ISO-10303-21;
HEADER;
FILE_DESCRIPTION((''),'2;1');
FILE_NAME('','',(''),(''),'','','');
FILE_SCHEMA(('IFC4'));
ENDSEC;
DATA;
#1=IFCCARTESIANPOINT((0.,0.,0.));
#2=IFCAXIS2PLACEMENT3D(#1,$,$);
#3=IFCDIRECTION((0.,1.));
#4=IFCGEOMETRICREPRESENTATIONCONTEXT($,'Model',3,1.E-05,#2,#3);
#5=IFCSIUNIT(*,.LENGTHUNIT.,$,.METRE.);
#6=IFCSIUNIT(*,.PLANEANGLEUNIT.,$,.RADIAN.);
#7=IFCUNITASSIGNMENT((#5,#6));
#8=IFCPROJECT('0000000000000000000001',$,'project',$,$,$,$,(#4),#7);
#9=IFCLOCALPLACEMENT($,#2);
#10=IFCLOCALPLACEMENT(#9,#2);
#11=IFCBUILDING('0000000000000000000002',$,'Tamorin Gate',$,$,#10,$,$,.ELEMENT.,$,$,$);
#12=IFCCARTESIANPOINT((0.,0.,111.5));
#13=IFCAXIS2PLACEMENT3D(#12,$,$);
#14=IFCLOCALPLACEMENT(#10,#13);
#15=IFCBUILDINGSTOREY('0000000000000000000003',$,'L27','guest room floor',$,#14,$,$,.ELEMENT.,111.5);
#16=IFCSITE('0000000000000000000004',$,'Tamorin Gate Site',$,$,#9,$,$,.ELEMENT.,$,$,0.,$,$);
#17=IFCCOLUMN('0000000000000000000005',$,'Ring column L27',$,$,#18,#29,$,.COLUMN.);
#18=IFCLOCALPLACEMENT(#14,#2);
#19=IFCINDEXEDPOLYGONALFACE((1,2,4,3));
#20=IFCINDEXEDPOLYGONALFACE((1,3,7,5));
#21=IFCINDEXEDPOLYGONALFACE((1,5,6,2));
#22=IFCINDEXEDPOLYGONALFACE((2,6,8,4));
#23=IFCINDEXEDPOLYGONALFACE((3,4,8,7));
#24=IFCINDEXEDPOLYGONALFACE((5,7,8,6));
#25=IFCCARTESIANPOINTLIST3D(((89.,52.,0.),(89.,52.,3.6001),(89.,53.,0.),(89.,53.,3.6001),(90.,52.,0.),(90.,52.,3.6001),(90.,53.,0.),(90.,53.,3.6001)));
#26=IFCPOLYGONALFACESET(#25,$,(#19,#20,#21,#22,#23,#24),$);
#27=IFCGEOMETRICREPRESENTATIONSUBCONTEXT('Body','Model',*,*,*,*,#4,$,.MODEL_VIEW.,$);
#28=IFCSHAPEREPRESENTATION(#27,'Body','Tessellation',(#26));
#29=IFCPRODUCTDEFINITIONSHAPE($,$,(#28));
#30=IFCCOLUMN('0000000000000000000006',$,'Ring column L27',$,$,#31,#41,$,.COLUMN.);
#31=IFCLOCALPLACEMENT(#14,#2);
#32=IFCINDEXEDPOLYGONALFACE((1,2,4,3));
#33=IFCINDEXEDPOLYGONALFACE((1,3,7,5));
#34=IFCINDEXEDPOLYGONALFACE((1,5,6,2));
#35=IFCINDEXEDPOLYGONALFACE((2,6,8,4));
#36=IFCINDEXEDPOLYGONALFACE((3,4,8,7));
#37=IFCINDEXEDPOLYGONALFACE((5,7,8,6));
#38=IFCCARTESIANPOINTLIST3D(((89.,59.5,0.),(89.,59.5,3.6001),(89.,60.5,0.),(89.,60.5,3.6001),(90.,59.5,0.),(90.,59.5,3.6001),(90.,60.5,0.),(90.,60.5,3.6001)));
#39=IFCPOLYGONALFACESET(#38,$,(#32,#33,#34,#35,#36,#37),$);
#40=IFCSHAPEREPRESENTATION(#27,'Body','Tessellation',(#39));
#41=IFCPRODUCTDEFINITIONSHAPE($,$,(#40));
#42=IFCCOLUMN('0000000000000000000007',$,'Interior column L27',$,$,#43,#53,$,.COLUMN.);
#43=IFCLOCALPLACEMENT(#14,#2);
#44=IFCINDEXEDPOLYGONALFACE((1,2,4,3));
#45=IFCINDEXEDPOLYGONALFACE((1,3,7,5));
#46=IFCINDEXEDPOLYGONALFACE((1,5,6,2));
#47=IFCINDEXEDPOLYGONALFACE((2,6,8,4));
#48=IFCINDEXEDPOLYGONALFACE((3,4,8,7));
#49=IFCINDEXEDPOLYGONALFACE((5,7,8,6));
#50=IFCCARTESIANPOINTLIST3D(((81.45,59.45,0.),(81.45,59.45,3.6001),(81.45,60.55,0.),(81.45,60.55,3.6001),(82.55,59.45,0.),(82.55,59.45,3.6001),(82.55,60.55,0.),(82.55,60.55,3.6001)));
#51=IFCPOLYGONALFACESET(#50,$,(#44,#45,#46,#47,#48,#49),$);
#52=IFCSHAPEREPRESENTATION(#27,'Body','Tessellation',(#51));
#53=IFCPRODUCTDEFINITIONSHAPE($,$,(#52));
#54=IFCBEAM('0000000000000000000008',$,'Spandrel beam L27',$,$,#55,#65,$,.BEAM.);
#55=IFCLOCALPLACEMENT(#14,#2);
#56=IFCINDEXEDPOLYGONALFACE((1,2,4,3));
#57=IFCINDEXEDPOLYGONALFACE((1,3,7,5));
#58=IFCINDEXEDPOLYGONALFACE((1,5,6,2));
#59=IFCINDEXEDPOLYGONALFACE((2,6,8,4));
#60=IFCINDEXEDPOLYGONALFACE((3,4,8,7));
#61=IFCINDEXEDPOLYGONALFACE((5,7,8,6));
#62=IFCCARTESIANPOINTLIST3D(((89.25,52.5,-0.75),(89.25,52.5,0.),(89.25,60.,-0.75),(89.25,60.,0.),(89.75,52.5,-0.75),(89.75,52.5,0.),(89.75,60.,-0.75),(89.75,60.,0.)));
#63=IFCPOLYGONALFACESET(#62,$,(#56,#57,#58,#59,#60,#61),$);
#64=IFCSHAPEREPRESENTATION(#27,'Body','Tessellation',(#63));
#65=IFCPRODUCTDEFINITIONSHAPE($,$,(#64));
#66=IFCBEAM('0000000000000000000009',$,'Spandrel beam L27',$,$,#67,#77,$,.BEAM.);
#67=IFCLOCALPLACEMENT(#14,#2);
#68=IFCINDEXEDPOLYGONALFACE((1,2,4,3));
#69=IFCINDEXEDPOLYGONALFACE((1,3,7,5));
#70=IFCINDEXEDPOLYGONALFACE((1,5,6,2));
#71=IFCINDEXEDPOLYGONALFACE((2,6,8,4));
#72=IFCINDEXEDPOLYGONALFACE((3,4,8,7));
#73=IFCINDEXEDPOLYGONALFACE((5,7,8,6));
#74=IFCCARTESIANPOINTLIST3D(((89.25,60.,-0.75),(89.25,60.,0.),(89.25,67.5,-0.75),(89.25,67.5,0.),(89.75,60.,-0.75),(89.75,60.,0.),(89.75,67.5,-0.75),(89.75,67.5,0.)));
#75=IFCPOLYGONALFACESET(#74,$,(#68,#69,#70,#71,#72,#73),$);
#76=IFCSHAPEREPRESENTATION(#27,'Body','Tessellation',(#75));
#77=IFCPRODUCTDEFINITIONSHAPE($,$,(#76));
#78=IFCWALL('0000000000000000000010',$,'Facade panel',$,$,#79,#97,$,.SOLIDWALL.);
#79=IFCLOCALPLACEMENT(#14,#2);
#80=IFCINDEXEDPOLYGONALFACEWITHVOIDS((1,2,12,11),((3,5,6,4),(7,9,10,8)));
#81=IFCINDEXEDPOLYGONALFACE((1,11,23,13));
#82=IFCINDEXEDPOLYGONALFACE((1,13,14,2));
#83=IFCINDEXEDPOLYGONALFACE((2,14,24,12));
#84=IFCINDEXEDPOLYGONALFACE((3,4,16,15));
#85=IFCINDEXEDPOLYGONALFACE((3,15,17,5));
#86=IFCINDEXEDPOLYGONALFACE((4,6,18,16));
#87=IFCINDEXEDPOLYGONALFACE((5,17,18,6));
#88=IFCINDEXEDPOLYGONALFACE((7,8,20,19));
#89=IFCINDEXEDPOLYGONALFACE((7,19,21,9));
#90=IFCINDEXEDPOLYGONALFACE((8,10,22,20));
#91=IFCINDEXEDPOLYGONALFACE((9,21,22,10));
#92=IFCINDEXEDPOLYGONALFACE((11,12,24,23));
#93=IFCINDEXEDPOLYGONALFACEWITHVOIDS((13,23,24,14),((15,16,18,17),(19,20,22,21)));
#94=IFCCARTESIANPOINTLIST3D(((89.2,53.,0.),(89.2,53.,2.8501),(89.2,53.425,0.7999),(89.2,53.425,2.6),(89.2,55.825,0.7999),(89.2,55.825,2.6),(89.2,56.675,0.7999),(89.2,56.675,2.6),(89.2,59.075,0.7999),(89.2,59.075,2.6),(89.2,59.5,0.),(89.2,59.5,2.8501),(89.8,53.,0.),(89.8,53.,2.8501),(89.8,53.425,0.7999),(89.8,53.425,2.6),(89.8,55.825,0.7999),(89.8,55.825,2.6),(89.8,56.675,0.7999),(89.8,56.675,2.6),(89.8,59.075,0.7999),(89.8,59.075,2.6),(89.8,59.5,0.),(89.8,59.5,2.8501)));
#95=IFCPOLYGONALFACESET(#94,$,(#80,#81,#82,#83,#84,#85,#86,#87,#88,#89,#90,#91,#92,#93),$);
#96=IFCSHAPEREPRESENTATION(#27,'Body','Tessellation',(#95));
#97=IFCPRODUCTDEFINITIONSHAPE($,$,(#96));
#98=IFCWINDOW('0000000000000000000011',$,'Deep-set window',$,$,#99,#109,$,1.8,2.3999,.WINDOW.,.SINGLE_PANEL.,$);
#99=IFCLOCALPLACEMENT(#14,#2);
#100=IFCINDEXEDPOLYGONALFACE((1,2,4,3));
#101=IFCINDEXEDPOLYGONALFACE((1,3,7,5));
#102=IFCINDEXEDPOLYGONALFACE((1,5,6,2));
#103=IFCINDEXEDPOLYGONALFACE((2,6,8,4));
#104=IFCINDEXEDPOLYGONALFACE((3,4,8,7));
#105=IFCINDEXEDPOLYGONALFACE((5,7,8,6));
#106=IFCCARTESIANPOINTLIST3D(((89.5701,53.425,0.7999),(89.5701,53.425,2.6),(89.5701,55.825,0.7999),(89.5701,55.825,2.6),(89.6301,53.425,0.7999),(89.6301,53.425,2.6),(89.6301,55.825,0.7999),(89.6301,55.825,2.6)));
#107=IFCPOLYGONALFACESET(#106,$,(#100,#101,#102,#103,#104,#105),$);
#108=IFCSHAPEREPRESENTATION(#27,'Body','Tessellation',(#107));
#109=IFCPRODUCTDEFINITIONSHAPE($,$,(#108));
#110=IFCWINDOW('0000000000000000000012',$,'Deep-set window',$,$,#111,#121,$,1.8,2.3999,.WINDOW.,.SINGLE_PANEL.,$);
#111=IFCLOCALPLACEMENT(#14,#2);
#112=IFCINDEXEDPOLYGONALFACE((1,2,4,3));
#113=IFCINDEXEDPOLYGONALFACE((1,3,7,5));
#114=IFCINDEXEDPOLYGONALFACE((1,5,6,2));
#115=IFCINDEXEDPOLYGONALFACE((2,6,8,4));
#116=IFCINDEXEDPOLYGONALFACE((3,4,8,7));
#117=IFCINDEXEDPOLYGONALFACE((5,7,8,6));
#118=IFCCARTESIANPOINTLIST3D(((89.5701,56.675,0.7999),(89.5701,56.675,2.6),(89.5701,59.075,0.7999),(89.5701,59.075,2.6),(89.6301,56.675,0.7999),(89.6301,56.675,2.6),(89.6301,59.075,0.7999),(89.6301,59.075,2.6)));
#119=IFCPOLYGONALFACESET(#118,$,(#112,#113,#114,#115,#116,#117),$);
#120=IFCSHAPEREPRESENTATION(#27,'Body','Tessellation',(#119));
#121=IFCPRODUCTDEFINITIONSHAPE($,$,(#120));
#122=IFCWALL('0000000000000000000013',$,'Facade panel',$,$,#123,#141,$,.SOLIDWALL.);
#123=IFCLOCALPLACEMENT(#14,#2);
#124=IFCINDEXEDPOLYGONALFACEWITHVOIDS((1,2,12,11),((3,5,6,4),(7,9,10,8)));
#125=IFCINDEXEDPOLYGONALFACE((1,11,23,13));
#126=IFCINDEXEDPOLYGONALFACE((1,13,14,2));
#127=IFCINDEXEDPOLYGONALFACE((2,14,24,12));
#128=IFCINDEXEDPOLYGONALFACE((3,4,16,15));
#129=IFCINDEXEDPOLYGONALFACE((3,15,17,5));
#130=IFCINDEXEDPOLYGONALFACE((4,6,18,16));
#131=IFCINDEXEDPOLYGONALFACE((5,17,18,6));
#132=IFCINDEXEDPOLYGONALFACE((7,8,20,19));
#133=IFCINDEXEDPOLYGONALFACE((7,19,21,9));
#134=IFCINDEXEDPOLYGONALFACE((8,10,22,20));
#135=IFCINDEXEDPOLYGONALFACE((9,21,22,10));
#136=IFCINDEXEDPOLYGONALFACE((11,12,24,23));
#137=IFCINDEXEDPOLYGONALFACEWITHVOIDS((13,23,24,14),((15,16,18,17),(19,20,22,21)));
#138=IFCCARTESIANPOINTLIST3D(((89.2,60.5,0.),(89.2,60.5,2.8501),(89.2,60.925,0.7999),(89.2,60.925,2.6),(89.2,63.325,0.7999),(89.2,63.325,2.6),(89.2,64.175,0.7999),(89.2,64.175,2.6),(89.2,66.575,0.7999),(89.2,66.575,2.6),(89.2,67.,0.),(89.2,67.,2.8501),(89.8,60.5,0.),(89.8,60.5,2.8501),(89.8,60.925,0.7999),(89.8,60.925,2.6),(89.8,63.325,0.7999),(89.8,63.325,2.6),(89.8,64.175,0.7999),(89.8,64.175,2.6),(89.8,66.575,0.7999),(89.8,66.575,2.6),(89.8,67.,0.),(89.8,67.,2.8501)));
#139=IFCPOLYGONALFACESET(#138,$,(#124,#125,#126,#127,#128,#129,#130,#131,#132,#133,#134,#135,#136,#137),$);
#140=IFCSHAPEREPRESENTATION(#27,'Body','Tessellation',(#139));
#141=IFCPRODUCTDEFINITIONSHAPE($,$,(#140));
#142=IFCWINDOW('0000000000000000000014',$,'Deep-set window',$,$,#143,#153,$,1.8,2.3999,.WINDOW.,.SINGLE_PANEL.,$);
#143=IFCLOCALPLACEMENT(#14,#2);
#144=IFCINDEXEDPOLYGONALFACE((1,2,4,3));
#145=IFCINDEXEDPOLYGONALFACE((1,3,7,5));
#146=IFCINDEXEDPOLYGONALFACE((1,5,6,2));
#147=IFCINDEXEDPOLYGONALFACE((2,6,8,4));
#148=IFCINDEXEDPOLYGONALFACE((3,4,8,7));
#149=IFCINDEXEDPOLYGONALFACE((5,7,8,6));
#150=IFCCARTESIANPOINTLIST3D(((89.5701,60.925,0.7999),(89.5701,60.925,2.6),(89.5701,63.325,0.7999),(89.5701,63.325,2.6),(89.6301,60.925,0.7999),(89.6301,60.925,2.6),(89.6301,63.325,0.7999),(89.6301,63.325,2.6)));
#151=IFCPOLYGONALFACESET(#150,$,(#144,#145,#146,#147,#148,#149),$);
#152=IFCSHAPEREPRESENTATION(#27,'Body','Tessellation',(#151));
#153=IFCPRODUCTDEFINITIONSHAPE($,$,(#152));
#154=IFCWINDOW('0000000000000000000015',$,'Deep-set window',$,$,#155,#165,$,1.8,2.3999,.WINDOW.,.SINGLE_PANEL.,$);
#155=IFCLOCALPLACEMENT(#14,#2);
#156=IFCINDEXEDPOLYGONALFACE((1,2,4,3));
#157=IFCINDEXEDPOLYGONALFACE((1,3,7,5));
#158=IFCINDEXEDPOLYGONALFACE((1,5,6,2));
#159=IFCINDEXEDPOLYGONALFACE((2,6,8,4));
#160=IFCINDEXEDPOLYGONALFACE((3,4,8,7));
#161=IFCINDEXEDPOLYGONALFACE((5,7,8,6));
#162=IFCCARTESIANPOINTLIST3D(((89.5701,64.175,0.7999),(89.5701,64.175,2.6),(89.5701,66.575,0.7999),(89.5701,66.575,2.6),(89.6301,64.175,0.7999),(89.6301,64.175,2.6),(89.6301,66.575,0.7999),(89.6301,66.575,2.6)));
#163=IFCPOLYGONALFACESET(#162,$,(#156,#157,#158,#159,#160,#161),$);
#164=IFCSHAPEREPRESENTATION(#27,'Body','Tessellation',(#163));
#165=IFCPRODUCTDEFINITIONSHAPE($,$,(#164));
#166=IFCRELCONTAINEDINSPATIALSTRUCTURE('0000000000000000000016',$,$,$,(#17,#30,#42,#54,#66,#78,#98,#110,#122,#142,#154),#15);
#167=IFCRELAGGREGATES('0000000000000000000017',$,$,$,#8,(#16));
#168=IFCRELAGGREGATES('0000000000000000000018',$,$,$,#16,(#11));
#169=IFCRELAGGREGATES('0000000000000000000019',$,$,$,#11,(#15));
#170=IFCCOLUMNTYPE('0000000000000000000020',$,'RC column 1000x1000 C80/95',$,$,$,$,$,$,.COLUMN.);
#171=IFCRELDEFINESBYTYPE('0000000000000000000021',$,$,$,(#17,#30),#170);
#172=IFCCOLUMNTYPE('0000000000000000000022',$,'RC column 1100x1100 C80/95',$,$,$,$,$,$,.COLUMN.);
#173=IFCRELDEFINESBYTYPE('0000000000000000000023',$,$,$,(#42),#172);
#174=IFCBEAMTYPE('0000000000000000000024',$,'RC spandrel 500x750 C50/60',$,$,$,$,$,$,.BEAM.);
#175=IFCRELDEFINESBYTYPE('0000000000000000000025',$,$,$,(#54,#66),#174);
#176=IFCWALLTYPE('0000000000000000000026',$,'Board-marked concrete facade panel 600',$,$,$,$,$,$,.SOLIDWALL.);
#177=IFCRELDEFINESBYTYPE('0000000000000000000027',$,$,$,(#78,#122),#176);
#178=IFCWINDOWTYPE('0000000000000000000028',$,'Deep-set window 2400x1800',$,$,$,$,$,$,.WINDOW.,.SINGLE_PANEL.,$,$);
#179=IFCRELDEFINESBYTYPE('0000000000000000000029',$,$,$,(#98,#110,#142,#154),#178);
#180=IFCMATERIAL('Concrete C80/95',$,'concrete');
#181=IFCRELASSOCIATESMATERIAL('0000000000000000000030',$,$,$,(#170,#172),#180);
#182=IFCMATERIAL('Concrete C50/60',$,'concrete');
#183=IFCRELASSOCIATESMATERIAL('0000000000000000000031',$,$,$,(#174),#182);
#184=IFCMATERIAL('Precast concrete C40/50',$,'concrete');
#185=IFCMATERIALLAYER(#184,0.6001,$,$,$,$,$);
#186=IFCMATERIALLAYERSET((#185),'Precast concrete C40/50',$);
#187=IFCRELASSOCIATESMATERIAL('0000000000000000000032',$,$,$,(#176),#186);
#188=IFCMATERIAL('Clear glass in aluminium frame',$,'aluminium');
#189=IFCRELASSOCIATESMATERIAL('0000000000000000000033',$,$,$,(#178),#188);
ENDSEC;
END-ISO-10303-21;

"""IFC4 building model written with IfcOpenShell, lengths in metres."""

from ifc_helpers import new_model, si_unit, direction, frame, frame_2d, origin, origin_2d, place, context, subcontext, project, spatial, rectangle, extrude, material, layer, layer_set, material_profile, profile_set, type_object, element, fill, save


model = new_model("IFC4")

# Units and contexts
model_context = context("Model", 3, precision=1e-05, world=origin(), true_north=direction((0.0, 1.0)))
body_context = subcontext(model_context, "Body", "Model", "MODEL_VIEW")
ifc_project = project(units=[si_unit("LENGTHUNIT", "METRE"), si_unit("PLANEANGLEUNIT", "RADIAN")], contexts=[model_context])

# Site, building, storey
site_placement = place(None, origin())
site = spatial("IfcSite", under=ifc_project, at=site_placement, Name="Tamorin Gate Site", CompositionType="ELEMENT", RefElevation=0.0)
building_placement = place(site_placement, origin())
building = spatial("IfcBuilding", under=site, at=building_placement, Name="Tamorin Gate", CompositionType="ELEMENT")
storey_placement = place(building_placement, frame((0.0, 0.0, 111.5)))
storey = spatial("IfcBuildingStorey", under=building, at=storey_placement, Name="L27", Description="guest room floor", CompositionType="ELEMENT", Elevation=111.5)

# Columns
ifc_material_1 = material(Name="Concrete C80/95", Category="concrete")
ifc_material_profile_1 = material_profile(ifc_material_1, rectangle(XDim=1.0, YDim=1.0, at=origin_2d()), Name="RC 1000x1000")
ifc_profile_set_1 = profile_set([ifc_material_profile_1], Name="Concrete C80/95")
column_type_1 = type_object("IfcColumnType", Name="RC column 1000x1000 C80/95", PredefinedType="COLUMN", material=ifc_profile_set_1)
for number, where, z_axis, x_axis, name in (
    (1, (89.5, 52.5, 0.0), (0.0, 0.0, 1.0), (1.0, 0.0, 0.0), "Ring column L27"),
    (2, (89.5, 60.0, 0.0), (0.0, 0.0, 1.0), (1.0, 0.0, 0.0), "Ring column L27"),
):
    element("IfcColumn", number, at=place(storey_placement, frame(where, z_axis=z_axis, x_axis=x_axis)), inside=storey, type_object=column_type_1, Name=name, PredefinedType="COLUMN", context=body_context, shape_type="SweptSolid", body=[
        extrude(rectangle(XDim=1.0, YDim=1.0, at=origin_2d()), origin(), (0.0, 0.0, 1.0), 3.6001),
    ])
ifc_material_profile_2 = material_profile(ifc_material_1, rectangle(XDim=1.1001, YDim=1.1001, at=origin_2d()), Name="RC 1100x1100")
ifc_profile_set_2 = profile_set([ifc_material_profile_2], Name="Concrete C80/95")
column_type_2 = type_object("IfcColumnType", Name="RC column 1100x1100 C80/95", PredefinedType="COLUMN", material=ifc_profile_set_2)
column_placement = place(storey_placement, frame((82.0, 60.0, 0.0), z_axis=(0.0, 0.0, 1.0), x_axis=(1.0, 0.0, 0.0)))
element("IfcColumn", 3, at=column_placement, inside=storey, type_object=column_type_2, Name="Interior column L27", PredefinedType="COLUMN", context=body_context, shape_type="SweptSolid", body=[
    extrude(rectangle(XDim=1.1001, YDim=1.1001, at=origin_2d()), origin(), (0.0, 0.0, 1.0), 3.6001),
])

# Beams
ifc_material_2 = material(Name="Concrete C50/60", Category="concrete")
ifc_material_profile_3 = material_profile(ifc_material_2, rectangle(XDim=0.5, YDim=0.75, at=origin_2d()), Name="RC 500x750")
ifc_profile_set_3 = profile_set([ifc_material_profile_3], Name="Concrete C50/60")
beam_type = type_object("IfcBeamType", Name="RC spandrel 500x750 C50/60", PredefinedType="BEAM", material=ifc_profile_set_3)
for number, where, z_axis, x_axis, name in (
    (4, (89.5, 52.5, -0.375), (0.0, 1.0, 0.0), (-1.0, 0.0, 0.0), "Spandrel beam L27"),
    (5, (89.5, 60.0, -0.375), (0.0, 1.0, 0.0), (-1.0, 0.0, 0.0), "Spandrel beam L27"),
):
    element("IfcBeam", number, at=place(storey_placement, frame(where, z_axis=z_axis, x_axis=x_axis)), inside=storey, type_object=beam_type, Name=name, PredefinedType="BEAM", context=body_context, shape_type="SweptSolid", body=[
        extrude(rectangle(XDim=0.5, YDim=0.75, at=origin_2d()), origin(), (0.0, 0.0, 1.0), 7.5),
    ])

# Walls, openings, windows
ifc_material_3 = material(Name="Precast concrete C40/50", Category="concrete")
ifc_layer_1 = layer(ifc_material_3, 0.6001)
ifc_layer_set_1 = layer_set([ifc_layer_1], Name="Precast concrete C40/50")
wall_type_1 = type_object("IfcWallType", Name="Board-marked concrete facade panel 600", PredefinedType="SOLIDWALL", material=ifc_layer_set_1)
wall_1_placement = place(storey_placement, frame((89.5, 53.0, 0.0), z_axis=(0.0, 0.0, 1.0), x_axis=(0.0, 1.0, 0.0)))
wall_1 = element("IfcWall", 6, at=wall_1_placement, inside=storey, type_object=wall_type_1, Name="Facade panel", PredefinedType="SOLIDWALL", context=body_context, shape_type="SweptSolid", body=[
    extrude(rectangle(XDim=6.5, YDim=0.6001, at=frame_2d((3.25, 0.0))), origin(), (0.0, 0.0, 1.0), 2.8501),
])
opening_1_placement = place(wall_1_placement, frame((0.425, 0.0, 0.8)))
opening_1 = element("IfcOpeningElement", 7, at=opening_1_placement, cuts=wall_1, PredefinedType="OPENING", context=body_context, shape_type="SweptSolid", body=[
    extrude(rectangle(XDim=2.3999, YDim=1.8, at=frame_2d((1.2, 0.8999))), frame((0.0, 0.3101, 0.0), z_axis=(0.0, -1.0, 0.0), x_axis=(1.0, 0.0, 0.0)), (0.0, 0.0, 1.0), 0.6201),
])
opening_2_placement = place(wall_1_placement, frame((3.675, 0.0, 0.8)))
opening_2 = element("IfcOpeningElement", 8, at=opening_2_placement, cuts=wall_1, PredefinedType="OPENING", context=body_context, shape_type="SweptSolid", body=[
    extrude(rectangle(XDim=2.3999, YDim=1.8, at=frame_2d((1.2, 0.8999))), frame((0.0, 0.3101, 0.0), z_axis=(0.0, -1.0, 0.0), x_axis=(1.0, 0.0, 0.0)), (0.0, 0.0, 1.0), 0.6201),
])
ifc_material_4 = material(Name="Clear glass in aluminium frame", Category="aluminium")
window_type = type_object("IfcWindowType", Name="Deep-set window 2400x1800", PartitioningType="SINGLE_PANEL", PredefinedType="WINDOW", material=ifc_material_4)
window_1_placement = place(opening_1_placement, origin())
window_1 = element("IfcWindow", 9, at=window_1_placement, inside=storey, type_object=window_type, Name="Deep-set window", OverallHeight=1.8, OverallWidth=2.3999, PartitioningType="SINGLE_PANEL", PredefinedType="WINDOW", context=body_context, shape_type="SweptSolid", body=[
    extrude(rectangle(XDim=2.3999, YDim=1.8, at=frame_2d((1.2, 0.8999))), frame((0.0, -0.0701, 0.0), z_axis=(0.0, -1.0, 0.0), x_axis=(1.0, 0.0, 0.0)), (0.0, 0.0, 1.0), 0.0601),
])
fill(opening_1, window_1)
window_2_placement = place(opening_2_placement, origin())
window_2 = element("IfcWindow", 10, at=window_2_placement, inside=storey, type_object=window_type, Name="Deep-set window", OverallHeight=1.8, OverallWidth=2.3999, PartitioningType="SINGLE_PANEL", PredefinedType="WINDOW", context=body_context, shape_type="SweptSolid", body=[
    extrude(rectangle(XDim=2.3999, YDim=1.8, at=frame_2d((1.2, 0.8999))), frame((0.0, -0.0701, 0.0), z_axis=(0.0, -1.0, 0.0), x_axis=(1.0, 0.0, 0.0)), (0.0, 0.0, 1.0), 0.0601),
])
fill(opening_2, window_2)
wall_2_placement = place(storey_placement, frame((89.5, 60.5, 0.0), z_axis=(0.0, 0.0, 1.0), x_axis=(0.0, 1.0, 0.0)))
wall_2 = element("IfcWall", 11, at=wall_2_placement, inside=storey, type_object=wall_type_1, Name="Facade panel", PredefinedType="SOLIDWALL", context=body_context, shape_type="SweptSolid", body=[
    extrude(rectangle(XDim=6.5, YDim=0.6001, at=frame_2d((3.25, 0.0))), origin(), (0.0, 0.0, 1.0), 2.8501),
])
opening_3_placement = place(wall_2_placement, frame((0.425, 0.0, 0.8)))
opening_3 = element("IfcOpeningElement", 12, at=opening_3_placement, cuts=wall_2, PredefinedType="OPENING", context=body_context, shape_type="SweptSolid", body=[
    extrude(rectangle(XDim=2.3999, YDim=1.8, at=frame_2d((1.2, 0.8999))), frame((0.0, 0.3101, 0.0), z_axis=(0.0, -1.0, 0.0), x_axis=(1.0, 0.0, 0.0)), (0.0, 0.0, 1.0), 0.6201),
])
opening_4_placement = place(wall_2_placement, frame((3.675, 0.0, 0.8)))
opening_4 = element("IfcOpeningElement", 13, at=opening_4_placement, cuts=wall_2, PredefinedType="OPENING", context=body_context, shape_type="SweptSolid", body=[
    extrude(rectangle(XDim=2.3999, YDim=1.8, at=frame_2d((1.2, 0.8999))), frame((0.0, 0.3101, 0.0), z_axis=(0.0, -1.0, 0.0), x_axis=(1.0, 0.0, 0.0)), (0.0, 0.0, 1.0), 0.6201),
])
window_3_placement = place(opening_3_placement, origin())
window_3 = element("IfcWindow", 14, at=window_3_placement, inside=storey, type_object=window_type, Name="Deep-set window", OverallHeight=1.8, OverallWidth=2.3999, PartitioningType="SINGLE_PANEL", PredefinedType="WINDOW", context=body_context, shape_type="SweptSolid", body=[
    extrude(rectangle(XDim=2.3999, YDim=1.8, at=frame_2d((1.2, 0.8999))), frame((0.0, -0.0701, 0.0), z_axis=(0.0, -1.0, 0.0), x_axis=(1.0, 0.0, 0.0)), (0.0, 0.0, 1.0), 0.0601),
])
fill(opening_3, window_3)
window_4_placement = place(opening_4_placement, origin())
window_4 = element("IfcWindow", 15, at=window_4_placement, inside=storey, type_object=window_type, Name="Deep-set window", OverallHeight=1.8, OverallWidth=2.3999, PartitioningType="SINGLE_PANEL", PredefinedType="WINDOW", context=body_context, shape_type="SweptSolid", body=[
    extrude(rectangle(XDim=2.3999, YDim=1.8, at=frame_2d((1.2, 0.8999))), frame((0.0, -0.0701, 0.0), z_axis=(0.0, -1.0, 0.0), x_axis=(1.0, 0.0, 0.0)), (0.0, 0.0, 1.0), 0.0601),
])
fill(opening_4, window_4)

save(model, "model.ifc")
